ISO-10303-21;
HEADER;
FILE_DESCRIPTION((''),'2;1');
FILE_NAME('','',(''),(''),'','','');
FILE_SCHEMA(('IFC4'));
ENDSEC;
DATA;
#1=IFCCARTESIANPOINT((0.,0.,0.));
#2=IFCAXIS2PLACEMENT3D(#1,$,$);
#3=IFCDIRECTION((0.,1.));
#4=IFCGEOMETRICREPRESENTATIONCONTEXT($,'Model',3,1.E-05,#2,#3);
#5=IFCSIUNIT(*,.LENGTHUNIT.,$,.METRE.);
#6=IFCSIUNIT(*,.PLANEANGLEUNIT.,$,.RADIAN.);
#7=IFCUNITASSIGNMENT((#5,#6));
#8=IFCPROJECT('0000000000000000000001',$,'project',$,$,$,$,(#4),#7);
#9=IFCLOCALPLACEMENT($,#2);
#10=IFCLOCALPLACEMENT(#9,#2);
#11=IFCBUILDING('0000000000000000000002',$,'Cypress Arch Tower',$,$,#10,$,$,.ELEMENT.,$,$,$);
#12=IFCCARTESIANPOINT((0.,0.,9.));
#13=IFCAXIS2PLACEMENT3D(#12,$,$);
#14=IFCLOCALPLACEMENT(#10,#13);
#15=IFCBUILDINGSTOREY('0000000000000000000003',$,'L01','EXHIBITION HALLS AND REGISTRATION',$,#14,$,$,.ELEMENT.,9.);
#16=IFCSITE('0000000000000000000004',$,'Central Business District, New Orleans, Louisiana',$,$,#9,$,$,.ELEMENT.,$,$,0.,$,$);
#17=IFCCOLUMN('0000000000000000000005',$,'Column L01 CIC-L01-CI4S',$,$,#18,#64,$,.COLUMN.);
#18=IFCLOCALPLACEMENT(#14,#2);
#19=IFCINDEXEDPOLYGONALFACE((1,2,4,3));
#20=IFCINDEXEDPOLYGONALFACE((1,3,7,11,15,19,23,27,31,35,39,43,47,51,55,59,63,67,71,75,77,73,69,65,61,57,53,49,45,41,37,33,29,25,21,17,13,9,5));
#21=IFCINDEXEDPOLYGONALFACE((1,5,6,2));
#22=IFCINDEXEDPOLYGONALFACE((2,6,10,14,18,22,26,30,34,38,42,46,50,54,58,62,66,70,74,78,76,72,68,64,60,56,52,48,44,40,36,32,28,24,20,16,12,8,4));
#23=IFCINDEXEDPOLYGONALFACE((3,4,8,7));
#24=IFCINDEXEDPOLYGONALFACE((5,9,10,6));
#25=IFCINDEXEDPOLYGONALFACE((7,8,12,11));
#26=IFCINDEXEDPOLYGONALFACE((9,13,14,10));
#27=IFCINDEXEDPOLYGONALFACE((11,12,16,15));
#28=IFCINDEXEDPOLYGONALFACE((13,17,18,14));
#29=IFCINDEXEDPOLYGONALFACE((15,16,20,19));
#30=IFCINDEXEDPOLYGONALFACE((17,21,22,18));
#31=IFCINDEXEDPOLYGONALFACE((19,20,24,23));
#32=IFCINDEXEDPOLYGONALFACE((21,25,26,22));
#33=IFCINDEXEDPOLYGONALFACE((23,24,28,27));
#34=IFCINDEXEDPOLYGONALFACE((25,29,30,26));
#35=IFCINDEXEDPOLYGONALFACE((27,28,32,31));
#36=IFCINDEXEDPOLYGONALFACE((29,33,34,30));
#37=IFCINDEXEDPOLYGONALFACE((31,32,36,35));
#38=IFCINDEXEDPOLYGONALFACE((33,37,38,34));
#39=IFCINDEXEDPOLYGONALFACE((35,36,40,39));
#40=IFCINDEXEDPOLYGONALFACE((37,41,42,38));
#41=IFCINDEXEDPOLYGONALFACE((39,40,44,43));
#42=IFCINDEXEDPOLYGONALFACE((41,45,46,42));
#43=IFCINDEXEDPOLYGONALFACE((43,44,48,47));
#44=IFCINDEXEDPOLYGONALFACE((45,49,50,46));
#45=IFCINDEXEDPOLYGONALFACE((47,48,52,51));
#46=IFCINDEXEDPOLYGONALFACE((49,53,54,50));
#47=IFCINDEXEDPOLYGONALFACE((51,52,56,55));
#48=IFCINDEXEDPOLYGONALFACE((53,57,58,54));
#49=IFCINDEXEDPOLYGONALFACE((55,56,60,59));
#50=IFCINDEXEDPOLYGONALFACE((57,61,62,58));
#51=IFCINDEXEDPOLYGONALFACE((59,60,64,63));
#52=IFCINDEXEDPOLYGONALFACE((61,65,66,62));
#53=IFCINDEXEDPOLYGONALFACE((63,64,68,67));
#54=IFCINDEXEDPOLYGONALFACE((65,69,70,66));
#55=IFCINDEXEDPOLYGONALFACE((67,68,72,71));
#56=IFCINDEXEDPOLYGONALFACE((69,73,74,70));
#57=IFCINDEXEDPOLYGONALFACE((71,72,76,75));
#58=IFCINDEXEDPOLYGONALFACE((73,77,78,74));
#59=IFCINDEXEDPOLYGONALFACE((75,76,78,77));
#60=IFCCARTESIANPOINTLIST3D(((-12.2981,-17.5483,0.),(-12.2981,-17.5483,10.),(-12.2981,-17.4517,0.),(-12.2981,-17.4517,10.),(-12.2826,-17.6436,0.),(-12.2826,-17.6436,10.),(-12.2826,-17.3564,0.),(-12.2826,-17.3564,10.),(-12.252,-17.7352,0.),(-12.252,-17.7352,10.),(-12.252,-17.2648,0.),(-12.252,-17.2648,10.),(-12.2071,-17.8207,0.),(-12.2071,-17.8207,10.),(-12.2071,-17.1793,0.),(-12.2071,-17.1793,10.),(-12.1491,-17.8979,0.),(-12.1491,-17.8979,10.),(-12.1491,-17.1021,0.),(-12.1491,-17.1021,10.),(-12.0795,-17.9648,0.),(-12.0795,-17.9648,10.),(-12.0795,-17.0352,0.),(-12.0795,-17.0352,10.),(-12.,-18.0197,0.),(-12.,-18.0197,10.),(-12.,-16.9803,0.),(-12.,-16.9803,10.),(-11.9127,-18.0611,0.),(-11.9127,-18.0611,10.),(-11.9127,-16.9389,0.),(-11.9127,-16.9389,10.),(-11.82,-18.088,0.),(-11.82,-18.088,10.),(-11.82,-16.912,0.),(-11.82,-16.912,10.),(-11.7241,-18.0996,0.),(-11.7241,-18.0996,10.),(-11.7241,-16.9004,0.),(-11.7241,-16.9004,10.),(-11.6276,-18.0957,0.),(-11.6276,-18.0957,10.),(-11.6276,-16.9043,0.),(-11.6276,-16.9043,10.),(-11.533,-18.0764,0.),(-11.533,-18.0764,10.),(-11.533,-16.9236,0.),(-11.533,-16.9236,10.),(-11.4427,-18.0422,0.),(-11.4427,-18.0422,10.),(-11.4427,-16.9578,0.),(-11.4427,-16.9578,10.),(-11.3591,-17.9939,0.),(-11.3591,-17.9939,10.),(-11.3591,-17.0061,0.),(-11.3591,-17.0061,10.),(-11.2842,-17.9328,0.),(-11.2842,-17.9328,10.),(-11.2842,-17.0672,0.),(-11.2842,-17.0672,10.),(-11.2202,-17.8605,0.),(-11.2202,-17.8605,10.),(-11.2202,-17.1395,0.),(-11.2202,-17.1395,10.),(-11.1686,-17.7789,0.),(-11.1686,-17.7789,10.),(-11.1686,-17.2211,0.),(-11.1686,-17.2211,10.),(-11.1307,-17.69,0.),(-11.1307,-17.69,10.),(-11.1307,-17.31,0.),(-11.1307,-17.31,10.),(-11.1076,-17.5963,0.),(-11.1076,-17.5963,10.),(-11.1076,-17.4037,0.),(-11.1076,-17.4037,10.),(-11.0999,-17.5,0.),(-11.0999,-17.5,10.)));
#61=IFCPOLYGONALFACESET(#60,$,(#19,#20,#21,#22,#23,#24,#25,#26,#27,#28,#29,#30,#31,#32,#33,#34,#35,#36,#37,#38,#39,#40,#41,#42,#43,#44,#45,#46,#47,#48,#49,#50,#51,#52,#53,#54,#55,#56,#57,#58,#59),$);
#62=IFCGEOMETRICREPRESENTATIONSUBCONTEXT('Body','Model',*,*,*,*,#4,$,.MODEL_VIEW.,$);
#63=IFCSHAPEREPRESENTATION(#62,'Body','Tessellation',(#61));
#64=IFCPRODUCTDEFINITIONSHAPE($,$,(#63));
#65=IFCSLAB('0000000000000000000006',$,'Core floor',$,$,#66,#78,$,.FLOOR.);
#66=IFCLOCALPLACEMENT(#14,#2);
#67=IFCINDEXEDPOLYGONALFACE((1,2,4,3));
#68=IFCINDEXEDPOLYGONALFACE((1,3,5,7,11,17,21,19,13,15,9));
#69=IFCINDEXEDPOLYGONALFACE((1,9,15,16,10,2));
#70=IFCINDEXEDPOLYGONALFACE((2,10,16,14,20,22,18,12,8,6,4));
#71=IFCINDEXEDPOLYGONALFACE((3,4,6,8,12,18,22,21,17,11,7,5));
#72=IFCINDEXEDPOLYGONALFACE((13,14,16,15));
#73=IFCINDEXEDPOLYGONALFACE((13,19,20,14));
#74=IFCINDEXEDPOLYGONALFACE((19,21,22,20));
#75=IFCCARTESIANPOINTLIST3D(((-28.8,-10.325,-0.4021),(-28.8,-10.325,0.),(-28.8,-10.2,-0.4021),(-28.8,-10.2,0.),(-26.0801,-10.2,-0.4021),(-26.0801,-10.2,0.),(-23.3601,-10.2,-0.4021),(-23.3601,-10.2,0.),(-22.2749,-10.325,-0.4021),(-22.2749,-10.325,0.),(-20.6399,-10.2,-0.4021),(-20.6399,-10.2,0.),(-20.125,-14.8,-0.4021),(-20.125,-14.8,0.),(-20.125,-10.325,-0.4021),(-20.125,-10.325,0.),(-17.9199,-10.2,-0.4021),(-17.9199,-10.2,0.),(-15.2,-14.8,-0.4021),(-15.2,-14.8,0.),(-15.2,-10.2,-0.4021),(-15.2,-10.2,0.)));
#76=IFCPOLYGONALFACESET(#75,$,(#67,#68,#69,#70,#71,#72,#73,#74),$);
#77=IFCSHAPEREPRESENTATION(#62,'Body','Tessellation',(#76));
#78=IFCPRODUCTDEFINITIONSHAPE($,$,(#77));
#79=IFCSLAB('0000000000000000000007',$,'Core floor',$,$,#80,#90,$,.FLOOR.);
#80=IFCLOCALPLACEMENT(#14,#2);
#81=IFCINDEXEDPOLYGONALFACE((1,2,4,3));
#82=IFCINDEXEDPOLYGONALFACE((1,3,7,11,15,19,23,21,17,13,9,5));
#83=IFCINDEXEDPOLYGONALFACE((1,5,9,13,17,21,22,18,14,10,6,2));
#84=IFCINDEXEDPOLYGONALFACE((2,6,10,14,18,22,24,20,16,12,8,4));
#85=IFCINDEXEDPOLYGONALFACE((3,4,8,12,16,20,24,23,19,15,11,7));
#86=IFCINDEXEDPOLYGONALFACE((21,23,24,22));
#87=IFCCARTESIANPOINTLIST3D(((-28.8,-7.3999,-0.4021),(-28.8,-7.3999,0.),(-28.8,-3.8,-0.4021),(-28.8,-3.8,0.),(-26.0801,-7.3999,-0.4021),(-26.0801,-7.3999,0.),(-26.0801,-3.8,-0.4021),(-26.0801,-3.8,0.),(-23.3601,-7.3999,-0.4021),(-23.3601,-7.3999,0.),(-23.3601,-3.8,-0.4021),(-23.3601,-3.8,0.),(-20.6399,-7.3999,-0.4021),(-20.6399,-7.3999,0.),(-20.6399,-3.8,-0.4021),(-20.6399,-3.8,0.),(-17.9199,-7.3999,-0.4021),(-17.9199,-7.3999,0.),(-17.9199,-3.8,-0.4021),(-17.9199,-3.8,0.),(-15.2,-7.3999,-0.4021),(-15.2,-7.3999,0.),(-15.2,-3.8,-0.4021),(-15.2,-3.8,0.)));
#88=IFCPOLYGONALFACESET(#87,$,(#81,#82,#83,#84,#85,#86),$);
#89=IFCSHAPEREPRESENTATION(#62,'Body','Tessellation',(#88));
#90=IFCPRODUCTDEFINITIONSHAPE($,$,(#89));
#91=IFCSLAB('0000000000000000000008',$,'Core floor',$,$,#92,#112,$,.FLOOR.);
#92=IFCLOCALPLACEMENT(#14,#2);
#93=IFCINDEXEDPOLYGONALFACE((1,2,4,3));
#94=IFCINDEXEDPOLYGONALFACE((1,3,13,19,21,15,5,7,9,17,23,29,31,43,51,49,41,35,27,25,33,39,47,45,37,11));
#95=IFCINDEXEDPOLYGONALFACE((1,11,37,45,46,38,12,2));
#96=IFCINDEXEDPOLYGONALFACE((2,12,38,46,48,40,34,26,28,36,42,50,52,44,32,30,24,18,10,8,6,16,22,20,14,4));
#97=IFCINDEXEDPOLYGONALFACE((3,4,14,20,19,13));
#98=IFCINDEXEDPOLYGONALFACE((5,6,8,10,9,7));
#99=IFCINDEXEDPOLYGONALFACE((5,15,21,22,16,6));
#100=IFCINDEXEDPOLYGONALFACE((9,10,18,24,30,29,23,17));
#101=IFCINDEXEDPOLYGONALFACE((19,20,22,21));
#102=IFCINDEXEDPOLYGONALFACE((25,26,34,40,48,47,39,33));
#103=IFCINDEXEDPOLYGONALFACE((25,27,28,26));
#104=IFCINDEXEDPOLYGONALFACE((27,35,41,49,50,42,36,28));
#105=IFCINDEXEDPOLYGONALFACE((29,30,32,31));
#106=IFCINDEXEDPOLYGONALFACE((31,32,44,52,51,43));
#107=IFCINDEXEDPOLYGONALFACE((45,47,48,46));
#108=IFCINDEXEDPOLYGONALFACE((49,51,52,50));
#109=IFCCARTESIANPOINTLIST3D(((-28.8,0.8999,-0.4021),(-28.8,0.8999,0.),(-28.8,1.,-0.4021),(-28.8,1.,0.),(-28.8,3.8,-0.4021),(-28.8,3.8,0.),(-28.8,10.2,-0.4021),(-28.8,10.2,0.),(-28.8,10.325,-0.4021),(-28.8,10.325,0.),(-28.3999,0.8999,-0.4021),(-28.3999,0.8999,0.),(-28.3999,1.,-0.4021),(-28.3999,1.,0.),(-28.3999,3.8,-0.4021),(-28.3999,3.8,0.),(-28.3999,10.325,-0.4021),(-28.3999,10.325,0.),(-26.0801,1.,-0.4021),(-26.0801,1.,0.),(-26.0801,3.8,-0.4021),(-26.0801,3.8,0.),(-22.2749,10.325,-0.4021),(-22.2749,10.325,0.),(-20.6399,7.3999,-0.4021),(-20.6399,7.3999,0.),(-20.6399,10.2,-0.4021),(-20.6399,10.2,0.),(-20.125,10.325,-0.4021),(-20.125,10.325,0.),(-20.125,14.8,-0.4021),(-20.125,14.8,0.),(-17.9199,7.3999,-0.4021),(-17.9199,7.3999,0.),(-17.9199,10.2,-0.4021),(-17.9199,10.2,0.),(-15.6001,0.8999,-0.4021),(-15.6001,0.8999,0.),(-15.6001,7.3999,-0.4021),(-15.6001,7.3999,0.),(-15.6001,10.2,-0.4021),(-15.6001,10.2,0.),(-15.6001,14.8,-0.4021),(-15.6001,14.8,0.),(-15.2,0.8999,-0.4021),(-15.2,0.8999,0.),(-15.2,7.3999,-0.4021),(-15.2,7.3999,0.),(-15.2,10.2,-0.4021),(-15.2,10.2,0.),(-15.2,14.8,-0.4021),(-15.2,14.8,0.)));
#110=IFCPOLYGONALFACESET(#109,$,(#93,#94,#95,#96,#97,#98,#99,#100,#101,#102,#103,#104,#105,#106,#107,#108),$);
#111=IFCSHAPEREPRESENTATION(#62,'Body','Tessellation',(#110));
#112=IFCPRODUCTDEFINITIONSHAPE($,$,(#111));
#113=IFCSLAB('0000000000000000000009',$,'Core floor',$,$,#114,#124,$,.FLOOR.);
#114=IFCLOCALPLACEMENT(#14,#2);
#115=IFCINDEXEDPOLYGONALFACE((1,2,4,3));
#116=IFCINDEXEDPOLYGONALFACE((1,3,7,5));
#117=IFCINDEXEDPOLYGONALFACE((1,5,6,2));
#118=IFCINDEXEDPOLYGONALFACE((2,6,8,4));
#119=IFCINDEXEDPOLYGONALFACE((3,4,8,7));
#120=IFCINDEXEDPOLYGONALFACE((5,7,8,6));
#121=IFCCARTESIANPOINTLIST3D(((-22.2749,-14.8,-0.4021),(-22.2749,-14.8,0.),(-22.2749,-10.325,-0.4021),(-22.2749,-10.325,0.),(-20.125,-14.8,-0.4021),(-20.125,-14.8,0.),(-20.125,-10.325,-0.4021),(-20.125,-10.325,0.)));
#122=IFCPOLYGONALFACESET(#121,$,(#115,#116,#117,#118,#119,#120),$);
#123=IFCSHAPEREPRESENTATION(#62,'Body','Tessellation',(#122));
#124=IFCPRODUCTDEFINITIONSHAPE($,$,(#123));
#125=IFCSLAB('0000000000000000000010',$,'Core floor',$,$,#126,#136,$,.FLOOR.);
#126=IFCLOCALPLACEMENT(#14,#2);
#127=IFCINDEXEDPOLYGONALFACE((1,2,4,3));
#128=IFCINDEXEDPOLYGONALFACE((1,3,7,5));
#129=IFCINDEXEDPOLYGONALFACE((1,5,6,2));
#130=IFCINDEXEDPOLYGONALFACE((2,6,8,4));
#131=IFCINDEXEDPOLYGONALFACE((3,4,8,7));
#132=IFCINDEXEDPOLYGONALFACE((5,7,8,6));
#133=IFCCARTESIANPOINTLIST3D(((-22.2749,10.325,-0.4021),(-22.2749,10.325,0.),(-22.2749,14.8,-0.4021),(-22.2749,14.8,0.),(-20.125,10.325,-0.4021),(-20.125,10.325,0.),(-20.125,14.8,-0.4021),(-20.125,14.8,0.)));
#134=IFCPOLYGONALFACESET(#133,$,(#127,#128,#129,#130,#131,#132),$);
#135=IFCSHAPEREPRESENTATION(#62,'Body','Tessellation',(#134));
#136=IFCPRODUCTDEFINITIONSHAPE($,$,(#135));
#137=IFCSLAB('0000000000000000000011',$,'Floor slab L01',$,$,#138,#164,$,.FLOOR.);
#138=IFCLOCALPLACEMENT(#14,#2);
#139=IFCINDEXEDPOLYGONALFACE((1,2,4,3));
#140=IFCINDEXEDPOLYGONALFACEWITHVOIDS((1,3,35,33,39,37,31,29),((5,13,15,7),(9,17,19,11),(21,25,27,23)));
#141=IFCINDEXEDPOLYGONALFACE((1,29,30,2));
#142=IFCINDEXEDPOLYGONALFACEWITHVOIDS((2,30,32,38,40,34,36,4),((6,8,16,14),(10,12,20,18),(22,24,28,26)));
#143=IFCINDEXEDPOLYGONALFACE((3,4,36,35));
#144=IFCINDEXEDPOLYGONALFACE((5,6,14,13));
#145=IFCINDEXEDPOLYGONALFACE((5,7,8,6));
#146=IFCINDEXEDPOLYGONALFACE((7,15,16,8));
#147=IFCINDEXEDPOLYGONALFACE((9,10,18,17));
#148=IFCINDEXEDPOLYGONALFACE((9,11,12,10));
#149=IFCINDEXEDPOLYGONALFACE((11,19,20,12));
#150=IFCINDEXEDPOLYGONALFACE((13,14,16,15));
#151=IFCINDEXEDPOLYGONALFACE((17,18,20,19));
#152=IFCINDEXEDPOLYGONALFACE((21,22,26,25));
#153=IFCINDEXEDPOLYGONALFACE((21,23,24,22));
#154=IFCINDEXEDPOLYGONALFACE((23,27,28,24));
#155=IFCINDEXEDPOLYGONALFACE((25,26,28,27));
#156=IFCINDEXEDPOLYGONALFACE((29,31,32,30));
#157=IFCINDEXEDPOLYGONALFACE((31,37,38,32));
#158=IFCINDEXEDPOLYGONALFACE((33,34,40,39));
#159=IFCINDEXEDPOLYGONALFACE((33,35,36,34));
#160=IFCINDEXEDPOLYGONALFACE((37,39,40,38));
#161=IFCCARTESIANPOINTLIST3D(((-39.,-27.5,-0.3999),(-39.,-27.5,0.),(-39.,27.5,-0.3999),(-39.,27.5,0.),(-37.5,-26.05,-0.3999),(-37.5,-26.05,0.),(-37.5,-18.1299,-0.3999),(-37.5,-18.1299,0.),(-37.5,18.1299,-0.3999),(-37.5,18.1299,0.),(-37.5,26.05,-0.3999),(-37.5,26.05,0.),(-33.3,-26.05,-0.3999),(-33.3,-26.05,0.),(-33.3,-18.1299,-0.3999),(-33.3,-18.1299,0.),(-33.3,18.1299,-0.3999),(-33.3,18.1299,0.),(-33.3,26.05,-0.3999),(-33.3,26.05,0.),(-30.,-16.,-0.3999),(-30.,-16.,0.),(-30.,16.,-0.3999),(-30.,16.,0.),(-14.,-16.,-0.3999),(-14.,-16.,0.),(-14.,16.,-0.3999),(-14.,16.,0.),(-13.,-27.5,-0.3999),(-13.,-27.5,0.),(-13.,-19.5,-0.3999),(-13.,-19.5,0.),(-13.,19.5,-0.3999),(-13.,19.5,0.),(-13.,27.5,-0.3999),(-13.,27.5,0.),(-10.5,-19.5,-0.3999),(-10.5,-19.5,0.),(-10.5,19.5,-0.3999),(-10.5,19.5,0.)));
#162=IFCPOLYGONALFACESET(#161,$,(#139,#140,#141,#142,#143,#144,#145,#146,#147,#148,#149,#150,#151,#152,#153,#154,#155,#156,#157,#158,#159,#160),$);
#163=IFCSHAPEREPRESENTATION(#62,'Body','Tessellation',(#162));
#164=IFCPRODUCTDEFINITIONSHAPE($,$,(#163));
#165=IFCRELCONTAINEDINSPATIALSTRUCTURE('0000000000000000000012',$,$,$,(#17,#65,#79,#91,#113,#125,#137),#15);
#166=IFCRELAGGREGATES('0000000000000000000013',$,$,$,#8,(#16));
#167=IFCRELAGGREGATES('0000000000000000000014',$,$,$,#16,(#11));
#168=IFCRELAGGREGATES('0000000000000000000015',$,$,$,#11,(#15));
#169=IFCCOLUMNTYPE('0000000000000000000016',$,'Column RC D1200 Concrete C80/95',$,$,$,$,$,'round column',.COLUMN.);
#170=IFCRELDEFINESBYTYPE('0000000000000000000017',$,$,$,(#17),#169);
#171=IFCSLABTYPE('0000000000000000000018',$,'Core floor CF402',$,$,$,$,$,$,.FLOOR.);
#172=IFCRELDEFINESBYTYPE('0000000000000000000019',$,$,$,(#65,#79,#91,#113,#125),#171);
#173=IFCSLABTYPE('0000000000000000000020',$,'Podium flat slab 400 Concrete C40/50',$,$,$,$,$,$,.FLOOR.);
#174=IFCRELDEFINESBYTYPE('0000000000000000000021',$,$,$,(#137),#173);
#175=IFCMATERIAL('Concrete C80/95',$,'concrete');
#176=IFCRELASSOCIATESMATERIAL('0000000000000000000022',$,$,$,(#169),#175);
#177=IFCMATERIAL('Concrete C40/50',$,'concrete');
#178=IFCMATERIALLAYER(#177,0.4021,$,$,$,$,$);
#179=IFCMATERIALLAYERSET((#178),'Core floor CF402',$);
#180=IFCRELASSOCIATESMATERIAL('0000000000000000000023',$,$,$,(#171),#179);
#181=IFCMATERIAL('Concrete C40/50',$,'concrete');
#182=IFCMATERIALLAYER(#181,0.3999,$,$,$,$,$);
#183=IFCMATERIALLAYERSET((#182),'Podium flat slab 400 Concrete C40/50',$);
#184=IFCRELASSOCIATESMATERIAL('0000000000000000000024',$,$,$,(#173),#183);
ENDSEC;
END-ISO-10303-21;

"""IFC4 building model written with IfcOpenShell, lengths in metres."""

from ifc_helpers import new_model, si_unit, direction, frame, origin, origin_2d, place, context, subcontext, project, spatial, polyline, circle, outline, extrude, material, layer, layer_set, material_profile, profile_set, type_object, element, save


model = new_model("IFC4")

# Units and contexts
model_context = context("Model", 3, precision=1e-05, world=origin(), true_north=direction((0.0, 1.0)))
body_context = subcontext(model_context, "Body", "Model", "MODEL_VIEW")
ifc_project = project(units=[si_unit("LENGTHUNIT", "METRE"), si_unit("PLANEANGLEUNIT", "RADIAN")], contexts=[model_context])

# Site, building, storey
site_placement = place(None, origin())
site = spatial("IfcSite", under=ifc_project, at=site_placement, Name="Central Business District, New Orleans, Louisiana", CompositionType="ELEMENT", RefElevation=0.0)
building_placement = place(site_placement, origin())
building = spatial("IfcBuilding", under=site, at=building_placement, Name="Cypress Arch Tower", CompositionType="ELEMENT")
storey_placement = place(building_placement, frame((0.0, 0.0, 9.0)))
storey = spatial("IfcBuildingStorey", under=building, at=storey_placement, Name="L01", Description="EXHIBITION HALLS AND REGISTRATION", CompositionType="ELEMENT", Elevation=9.0)

# Column
ifc_material_1 = material(Name="Concrete C80/95", Category="concrete")
ifc_material_profile = material_profile(ifc_material_1, circle(Radius=0.6001, at=origin_2d()), Name="RC D1200")
ifc_profile_set = profile_set([ifc_material_profile], Name="Concrete C80/95")
column_type = type_object("IfcColumnType", Name="Column RC D1200 Concrete C80/95", ElementType="round column", PredefinedType="COLUMN", material=ifc_profile_set)
column_placement = place(storey_placement, frame((-11.7, -17.5, 0.0), z_axis=(0.0, 0.0, 1.0), x_axis=(1.0, 0.0, 0.0)))
element("IfcColumn", 1, at=column_placement, inside=storey, type_object=column_type, Name="Column L01 CIC-L01-CI4S", PredefinedType="COLUMN", context=body_context, shape_type="SweptSolid", body=[
    extrude(circle(Radius=0.6001, at=origin_2d()), origin(), (0.0, 0.0, 1.0), 10.0),
])

# Slabs
ifc_material_2 = material(Name="Concrete C40/50", Category="concrete")
ifc_layer_1 = layer(ifc_material_2, 0.4021)
ifc_layer_set_1 = layer_set([ifc_layer_1], Name="Core floor CF402")
slab_type_1 = type_object("IfcSlabType", Name="Core floor CF402", PredefinedType="FLOOR", material=ifc_layer_set_1)
slab_1_placement = place(storey_placement, frame((0.0, 0.0, -0.4021)))
element("IfcSlab", 2, at=slab_1_placement, inside=storey, type_object=slab_type_1, Name="Core floor", PredefinedType="FLOOR", context=body_context, shape_type="SweptSolid", body=[
    extrude(outline(polyline([(-20.125, -14.8), (-15.2, -14.8), (-15.2, -10.2), (-17.9199, -10.2), (-20.6399, -10.2), (-23.3601, -10.2), (-26.0801, -10.2), (-28.8, -10.2), (-28.8, -10.325), (-22.2749, -10.325), (-20.125, -10.325), (-20.125, -14.8)])), origin(), (0.0, 0.0, 1.0), 0.4021),
])
slab_2_placement = place(storey_placement, frame((0.0, 0.0, -0.4021)))
element("IfcSlab", 3, at=slab_2_placement, inside=storey, type_object=slab_type_1, Name="Core floor", PredefinedType="FLOOR", context=body_context, shape_type="SweptSolid", body=[
    extrude(outline(polyline([(-28.8, -3.8), (-28.8, -7.3999), (-26.0801, -7.3999), (-23.3601, -7.3999), (-20.6399, -7.3999), (-17.9199, -7.3999), (-15.2, -7.3999), (-15.2, -3.8), (-17.9199, -3.8), (-20.6399, -3.8), (-23.3601, -3.8), (-26.0801, -3.8), (-28.8, -3.8)])), origin(), (0.0, 0.0, 1.0), 0.4021),
])
slab_3_placement = place(storey_placement, frame((0.0, 0.0, -0.4021)))
element("IfcSlab", 4, at=slab_3_placement, inside=storey, type_object=slab_type_1, Name="Core floor", PredefinedType="FLOOR", context=body_context, shape_type="SweptSolid", body=[
    extrude(outline(polyline([(-28.8, 3.8), (-28.8, 10.2), (-28.8, 10.325), (-28.3999, 10.325), (-22.2749, 10.325), (-20.125, 10.325), (-20.125, 14.8), (-15.6001, 14.8), (-15.2, 14.8), (-15.2, 10.2), (-15.6001, 10.2), (-17.9199, 10.2), (-20.6399, 10.2), (-20.6399, 7.3999), (-17.9199, 7.3999), (-15.6001, 7.3999), (-15.2, 7.3999), (-15.2, 0.8999), (-15.6001, 0.8999), (-28.3999, 0.8999), (-28.8, 0.8999), (-28.8, 1.0), (-28.3999, 1.0), (-26.0801, 1.0), (-26.0801, 3.8), (-28.3999, 3.8), (-28.8, 3.8)])), origin(), (0.0, 0.0, 1.0), 0.4021),
])
slab_4_placement = place(storey_placement, frame((0.0, 0.0, -0.4021)))
element("IfcSlab", 5, at=slab_4_placement, inside=storey, type_object=slab_type_1, Name="Core floor", PredefinedType="FLOOR", context=body_context, shape_type="SweptSolid", body=[
    extrude(outline(polyline([(-22.2749, -10.325), (-22.2749, -14.8), (-20.125, -14.8), (-20.125, -10.325), (-22.2749, -10.325)])), origin(), (0.0, 0.0, 1.0), 0.4021),
])
slab_5_placement = place(storey_placement, frame((0.0, 0.0, -0.4021)))
element("IfcSlab", 6, at=slab_5_placement, inside=storey, type_object=slab_type_1, Name="Core floor", PredefinedType="FLOOR", context=body_context, shape_type="SweptSolid", body=[
    extrude(outline(polyline([(-20.125, 14.8), (-22.2749, 14.8), (-22.2749, 10.325), (-20.125, 10.325), (-20.125, 14.8)])), origin(), (0.0, 0.0, 1.0), 0.4021),
])
ifc_material_3 = material(Name="Concrete C40/50", Category="concrete")
ifc_layer_2 = layer(ifc_material_3, 0.3999)
ifc_layer_set_2 = layer_set([ifc_layer_2], Name="Podium flat slab 400 Concrete C40/50")
slab_type_2 = type_object("IfcSlabType", Name="Podium flat slab 400 Concrete C40/50", PredefinedType="FLOOR", material=ifc_layer_set_2)
slab_6_placement = place(storey_placement, frame((0.0, 0.0, -0.3999)))
element("IfcSlab", 7, at=slab_6_placement, inside=storey, type_object=slab_type_2, Name="Floor slab L01", PredefinedType="FLOOR", context=body_context, shape_type="SweptSolid", body=[
    extrude(outline(polyline([(-39.0, -27.5), (-39.0, 27.5), (-13.0, 27.5), (-13.0, 19.5), (-10.5, 19.5), (-10.5, -19.5), (-13.0, -19.5), (-13.0, -27.5), (-39.0, -27.5)]), holes=[polyline([(-33.3, -18.1299), (-37.5, -18.1299), (-37.5, -26.05), (-33.3, -26.05), (-33.3, -18.1299)]), polyline([(-14.0, 16.0), (-30.0, 16.0), (-30.0, -16.0), (-14.0, -16.0), (-14.0, 16.0)]), polyline([(-37.5, 18.1299), (-33.3, 18.1299), (-33.3, 26.05), (-37.5, 26.05), (-37.5, 18.1299)])]), origin(), (0.0, 0.0, 1.0), 0.3999),
])

save(model, "model.ifc")
